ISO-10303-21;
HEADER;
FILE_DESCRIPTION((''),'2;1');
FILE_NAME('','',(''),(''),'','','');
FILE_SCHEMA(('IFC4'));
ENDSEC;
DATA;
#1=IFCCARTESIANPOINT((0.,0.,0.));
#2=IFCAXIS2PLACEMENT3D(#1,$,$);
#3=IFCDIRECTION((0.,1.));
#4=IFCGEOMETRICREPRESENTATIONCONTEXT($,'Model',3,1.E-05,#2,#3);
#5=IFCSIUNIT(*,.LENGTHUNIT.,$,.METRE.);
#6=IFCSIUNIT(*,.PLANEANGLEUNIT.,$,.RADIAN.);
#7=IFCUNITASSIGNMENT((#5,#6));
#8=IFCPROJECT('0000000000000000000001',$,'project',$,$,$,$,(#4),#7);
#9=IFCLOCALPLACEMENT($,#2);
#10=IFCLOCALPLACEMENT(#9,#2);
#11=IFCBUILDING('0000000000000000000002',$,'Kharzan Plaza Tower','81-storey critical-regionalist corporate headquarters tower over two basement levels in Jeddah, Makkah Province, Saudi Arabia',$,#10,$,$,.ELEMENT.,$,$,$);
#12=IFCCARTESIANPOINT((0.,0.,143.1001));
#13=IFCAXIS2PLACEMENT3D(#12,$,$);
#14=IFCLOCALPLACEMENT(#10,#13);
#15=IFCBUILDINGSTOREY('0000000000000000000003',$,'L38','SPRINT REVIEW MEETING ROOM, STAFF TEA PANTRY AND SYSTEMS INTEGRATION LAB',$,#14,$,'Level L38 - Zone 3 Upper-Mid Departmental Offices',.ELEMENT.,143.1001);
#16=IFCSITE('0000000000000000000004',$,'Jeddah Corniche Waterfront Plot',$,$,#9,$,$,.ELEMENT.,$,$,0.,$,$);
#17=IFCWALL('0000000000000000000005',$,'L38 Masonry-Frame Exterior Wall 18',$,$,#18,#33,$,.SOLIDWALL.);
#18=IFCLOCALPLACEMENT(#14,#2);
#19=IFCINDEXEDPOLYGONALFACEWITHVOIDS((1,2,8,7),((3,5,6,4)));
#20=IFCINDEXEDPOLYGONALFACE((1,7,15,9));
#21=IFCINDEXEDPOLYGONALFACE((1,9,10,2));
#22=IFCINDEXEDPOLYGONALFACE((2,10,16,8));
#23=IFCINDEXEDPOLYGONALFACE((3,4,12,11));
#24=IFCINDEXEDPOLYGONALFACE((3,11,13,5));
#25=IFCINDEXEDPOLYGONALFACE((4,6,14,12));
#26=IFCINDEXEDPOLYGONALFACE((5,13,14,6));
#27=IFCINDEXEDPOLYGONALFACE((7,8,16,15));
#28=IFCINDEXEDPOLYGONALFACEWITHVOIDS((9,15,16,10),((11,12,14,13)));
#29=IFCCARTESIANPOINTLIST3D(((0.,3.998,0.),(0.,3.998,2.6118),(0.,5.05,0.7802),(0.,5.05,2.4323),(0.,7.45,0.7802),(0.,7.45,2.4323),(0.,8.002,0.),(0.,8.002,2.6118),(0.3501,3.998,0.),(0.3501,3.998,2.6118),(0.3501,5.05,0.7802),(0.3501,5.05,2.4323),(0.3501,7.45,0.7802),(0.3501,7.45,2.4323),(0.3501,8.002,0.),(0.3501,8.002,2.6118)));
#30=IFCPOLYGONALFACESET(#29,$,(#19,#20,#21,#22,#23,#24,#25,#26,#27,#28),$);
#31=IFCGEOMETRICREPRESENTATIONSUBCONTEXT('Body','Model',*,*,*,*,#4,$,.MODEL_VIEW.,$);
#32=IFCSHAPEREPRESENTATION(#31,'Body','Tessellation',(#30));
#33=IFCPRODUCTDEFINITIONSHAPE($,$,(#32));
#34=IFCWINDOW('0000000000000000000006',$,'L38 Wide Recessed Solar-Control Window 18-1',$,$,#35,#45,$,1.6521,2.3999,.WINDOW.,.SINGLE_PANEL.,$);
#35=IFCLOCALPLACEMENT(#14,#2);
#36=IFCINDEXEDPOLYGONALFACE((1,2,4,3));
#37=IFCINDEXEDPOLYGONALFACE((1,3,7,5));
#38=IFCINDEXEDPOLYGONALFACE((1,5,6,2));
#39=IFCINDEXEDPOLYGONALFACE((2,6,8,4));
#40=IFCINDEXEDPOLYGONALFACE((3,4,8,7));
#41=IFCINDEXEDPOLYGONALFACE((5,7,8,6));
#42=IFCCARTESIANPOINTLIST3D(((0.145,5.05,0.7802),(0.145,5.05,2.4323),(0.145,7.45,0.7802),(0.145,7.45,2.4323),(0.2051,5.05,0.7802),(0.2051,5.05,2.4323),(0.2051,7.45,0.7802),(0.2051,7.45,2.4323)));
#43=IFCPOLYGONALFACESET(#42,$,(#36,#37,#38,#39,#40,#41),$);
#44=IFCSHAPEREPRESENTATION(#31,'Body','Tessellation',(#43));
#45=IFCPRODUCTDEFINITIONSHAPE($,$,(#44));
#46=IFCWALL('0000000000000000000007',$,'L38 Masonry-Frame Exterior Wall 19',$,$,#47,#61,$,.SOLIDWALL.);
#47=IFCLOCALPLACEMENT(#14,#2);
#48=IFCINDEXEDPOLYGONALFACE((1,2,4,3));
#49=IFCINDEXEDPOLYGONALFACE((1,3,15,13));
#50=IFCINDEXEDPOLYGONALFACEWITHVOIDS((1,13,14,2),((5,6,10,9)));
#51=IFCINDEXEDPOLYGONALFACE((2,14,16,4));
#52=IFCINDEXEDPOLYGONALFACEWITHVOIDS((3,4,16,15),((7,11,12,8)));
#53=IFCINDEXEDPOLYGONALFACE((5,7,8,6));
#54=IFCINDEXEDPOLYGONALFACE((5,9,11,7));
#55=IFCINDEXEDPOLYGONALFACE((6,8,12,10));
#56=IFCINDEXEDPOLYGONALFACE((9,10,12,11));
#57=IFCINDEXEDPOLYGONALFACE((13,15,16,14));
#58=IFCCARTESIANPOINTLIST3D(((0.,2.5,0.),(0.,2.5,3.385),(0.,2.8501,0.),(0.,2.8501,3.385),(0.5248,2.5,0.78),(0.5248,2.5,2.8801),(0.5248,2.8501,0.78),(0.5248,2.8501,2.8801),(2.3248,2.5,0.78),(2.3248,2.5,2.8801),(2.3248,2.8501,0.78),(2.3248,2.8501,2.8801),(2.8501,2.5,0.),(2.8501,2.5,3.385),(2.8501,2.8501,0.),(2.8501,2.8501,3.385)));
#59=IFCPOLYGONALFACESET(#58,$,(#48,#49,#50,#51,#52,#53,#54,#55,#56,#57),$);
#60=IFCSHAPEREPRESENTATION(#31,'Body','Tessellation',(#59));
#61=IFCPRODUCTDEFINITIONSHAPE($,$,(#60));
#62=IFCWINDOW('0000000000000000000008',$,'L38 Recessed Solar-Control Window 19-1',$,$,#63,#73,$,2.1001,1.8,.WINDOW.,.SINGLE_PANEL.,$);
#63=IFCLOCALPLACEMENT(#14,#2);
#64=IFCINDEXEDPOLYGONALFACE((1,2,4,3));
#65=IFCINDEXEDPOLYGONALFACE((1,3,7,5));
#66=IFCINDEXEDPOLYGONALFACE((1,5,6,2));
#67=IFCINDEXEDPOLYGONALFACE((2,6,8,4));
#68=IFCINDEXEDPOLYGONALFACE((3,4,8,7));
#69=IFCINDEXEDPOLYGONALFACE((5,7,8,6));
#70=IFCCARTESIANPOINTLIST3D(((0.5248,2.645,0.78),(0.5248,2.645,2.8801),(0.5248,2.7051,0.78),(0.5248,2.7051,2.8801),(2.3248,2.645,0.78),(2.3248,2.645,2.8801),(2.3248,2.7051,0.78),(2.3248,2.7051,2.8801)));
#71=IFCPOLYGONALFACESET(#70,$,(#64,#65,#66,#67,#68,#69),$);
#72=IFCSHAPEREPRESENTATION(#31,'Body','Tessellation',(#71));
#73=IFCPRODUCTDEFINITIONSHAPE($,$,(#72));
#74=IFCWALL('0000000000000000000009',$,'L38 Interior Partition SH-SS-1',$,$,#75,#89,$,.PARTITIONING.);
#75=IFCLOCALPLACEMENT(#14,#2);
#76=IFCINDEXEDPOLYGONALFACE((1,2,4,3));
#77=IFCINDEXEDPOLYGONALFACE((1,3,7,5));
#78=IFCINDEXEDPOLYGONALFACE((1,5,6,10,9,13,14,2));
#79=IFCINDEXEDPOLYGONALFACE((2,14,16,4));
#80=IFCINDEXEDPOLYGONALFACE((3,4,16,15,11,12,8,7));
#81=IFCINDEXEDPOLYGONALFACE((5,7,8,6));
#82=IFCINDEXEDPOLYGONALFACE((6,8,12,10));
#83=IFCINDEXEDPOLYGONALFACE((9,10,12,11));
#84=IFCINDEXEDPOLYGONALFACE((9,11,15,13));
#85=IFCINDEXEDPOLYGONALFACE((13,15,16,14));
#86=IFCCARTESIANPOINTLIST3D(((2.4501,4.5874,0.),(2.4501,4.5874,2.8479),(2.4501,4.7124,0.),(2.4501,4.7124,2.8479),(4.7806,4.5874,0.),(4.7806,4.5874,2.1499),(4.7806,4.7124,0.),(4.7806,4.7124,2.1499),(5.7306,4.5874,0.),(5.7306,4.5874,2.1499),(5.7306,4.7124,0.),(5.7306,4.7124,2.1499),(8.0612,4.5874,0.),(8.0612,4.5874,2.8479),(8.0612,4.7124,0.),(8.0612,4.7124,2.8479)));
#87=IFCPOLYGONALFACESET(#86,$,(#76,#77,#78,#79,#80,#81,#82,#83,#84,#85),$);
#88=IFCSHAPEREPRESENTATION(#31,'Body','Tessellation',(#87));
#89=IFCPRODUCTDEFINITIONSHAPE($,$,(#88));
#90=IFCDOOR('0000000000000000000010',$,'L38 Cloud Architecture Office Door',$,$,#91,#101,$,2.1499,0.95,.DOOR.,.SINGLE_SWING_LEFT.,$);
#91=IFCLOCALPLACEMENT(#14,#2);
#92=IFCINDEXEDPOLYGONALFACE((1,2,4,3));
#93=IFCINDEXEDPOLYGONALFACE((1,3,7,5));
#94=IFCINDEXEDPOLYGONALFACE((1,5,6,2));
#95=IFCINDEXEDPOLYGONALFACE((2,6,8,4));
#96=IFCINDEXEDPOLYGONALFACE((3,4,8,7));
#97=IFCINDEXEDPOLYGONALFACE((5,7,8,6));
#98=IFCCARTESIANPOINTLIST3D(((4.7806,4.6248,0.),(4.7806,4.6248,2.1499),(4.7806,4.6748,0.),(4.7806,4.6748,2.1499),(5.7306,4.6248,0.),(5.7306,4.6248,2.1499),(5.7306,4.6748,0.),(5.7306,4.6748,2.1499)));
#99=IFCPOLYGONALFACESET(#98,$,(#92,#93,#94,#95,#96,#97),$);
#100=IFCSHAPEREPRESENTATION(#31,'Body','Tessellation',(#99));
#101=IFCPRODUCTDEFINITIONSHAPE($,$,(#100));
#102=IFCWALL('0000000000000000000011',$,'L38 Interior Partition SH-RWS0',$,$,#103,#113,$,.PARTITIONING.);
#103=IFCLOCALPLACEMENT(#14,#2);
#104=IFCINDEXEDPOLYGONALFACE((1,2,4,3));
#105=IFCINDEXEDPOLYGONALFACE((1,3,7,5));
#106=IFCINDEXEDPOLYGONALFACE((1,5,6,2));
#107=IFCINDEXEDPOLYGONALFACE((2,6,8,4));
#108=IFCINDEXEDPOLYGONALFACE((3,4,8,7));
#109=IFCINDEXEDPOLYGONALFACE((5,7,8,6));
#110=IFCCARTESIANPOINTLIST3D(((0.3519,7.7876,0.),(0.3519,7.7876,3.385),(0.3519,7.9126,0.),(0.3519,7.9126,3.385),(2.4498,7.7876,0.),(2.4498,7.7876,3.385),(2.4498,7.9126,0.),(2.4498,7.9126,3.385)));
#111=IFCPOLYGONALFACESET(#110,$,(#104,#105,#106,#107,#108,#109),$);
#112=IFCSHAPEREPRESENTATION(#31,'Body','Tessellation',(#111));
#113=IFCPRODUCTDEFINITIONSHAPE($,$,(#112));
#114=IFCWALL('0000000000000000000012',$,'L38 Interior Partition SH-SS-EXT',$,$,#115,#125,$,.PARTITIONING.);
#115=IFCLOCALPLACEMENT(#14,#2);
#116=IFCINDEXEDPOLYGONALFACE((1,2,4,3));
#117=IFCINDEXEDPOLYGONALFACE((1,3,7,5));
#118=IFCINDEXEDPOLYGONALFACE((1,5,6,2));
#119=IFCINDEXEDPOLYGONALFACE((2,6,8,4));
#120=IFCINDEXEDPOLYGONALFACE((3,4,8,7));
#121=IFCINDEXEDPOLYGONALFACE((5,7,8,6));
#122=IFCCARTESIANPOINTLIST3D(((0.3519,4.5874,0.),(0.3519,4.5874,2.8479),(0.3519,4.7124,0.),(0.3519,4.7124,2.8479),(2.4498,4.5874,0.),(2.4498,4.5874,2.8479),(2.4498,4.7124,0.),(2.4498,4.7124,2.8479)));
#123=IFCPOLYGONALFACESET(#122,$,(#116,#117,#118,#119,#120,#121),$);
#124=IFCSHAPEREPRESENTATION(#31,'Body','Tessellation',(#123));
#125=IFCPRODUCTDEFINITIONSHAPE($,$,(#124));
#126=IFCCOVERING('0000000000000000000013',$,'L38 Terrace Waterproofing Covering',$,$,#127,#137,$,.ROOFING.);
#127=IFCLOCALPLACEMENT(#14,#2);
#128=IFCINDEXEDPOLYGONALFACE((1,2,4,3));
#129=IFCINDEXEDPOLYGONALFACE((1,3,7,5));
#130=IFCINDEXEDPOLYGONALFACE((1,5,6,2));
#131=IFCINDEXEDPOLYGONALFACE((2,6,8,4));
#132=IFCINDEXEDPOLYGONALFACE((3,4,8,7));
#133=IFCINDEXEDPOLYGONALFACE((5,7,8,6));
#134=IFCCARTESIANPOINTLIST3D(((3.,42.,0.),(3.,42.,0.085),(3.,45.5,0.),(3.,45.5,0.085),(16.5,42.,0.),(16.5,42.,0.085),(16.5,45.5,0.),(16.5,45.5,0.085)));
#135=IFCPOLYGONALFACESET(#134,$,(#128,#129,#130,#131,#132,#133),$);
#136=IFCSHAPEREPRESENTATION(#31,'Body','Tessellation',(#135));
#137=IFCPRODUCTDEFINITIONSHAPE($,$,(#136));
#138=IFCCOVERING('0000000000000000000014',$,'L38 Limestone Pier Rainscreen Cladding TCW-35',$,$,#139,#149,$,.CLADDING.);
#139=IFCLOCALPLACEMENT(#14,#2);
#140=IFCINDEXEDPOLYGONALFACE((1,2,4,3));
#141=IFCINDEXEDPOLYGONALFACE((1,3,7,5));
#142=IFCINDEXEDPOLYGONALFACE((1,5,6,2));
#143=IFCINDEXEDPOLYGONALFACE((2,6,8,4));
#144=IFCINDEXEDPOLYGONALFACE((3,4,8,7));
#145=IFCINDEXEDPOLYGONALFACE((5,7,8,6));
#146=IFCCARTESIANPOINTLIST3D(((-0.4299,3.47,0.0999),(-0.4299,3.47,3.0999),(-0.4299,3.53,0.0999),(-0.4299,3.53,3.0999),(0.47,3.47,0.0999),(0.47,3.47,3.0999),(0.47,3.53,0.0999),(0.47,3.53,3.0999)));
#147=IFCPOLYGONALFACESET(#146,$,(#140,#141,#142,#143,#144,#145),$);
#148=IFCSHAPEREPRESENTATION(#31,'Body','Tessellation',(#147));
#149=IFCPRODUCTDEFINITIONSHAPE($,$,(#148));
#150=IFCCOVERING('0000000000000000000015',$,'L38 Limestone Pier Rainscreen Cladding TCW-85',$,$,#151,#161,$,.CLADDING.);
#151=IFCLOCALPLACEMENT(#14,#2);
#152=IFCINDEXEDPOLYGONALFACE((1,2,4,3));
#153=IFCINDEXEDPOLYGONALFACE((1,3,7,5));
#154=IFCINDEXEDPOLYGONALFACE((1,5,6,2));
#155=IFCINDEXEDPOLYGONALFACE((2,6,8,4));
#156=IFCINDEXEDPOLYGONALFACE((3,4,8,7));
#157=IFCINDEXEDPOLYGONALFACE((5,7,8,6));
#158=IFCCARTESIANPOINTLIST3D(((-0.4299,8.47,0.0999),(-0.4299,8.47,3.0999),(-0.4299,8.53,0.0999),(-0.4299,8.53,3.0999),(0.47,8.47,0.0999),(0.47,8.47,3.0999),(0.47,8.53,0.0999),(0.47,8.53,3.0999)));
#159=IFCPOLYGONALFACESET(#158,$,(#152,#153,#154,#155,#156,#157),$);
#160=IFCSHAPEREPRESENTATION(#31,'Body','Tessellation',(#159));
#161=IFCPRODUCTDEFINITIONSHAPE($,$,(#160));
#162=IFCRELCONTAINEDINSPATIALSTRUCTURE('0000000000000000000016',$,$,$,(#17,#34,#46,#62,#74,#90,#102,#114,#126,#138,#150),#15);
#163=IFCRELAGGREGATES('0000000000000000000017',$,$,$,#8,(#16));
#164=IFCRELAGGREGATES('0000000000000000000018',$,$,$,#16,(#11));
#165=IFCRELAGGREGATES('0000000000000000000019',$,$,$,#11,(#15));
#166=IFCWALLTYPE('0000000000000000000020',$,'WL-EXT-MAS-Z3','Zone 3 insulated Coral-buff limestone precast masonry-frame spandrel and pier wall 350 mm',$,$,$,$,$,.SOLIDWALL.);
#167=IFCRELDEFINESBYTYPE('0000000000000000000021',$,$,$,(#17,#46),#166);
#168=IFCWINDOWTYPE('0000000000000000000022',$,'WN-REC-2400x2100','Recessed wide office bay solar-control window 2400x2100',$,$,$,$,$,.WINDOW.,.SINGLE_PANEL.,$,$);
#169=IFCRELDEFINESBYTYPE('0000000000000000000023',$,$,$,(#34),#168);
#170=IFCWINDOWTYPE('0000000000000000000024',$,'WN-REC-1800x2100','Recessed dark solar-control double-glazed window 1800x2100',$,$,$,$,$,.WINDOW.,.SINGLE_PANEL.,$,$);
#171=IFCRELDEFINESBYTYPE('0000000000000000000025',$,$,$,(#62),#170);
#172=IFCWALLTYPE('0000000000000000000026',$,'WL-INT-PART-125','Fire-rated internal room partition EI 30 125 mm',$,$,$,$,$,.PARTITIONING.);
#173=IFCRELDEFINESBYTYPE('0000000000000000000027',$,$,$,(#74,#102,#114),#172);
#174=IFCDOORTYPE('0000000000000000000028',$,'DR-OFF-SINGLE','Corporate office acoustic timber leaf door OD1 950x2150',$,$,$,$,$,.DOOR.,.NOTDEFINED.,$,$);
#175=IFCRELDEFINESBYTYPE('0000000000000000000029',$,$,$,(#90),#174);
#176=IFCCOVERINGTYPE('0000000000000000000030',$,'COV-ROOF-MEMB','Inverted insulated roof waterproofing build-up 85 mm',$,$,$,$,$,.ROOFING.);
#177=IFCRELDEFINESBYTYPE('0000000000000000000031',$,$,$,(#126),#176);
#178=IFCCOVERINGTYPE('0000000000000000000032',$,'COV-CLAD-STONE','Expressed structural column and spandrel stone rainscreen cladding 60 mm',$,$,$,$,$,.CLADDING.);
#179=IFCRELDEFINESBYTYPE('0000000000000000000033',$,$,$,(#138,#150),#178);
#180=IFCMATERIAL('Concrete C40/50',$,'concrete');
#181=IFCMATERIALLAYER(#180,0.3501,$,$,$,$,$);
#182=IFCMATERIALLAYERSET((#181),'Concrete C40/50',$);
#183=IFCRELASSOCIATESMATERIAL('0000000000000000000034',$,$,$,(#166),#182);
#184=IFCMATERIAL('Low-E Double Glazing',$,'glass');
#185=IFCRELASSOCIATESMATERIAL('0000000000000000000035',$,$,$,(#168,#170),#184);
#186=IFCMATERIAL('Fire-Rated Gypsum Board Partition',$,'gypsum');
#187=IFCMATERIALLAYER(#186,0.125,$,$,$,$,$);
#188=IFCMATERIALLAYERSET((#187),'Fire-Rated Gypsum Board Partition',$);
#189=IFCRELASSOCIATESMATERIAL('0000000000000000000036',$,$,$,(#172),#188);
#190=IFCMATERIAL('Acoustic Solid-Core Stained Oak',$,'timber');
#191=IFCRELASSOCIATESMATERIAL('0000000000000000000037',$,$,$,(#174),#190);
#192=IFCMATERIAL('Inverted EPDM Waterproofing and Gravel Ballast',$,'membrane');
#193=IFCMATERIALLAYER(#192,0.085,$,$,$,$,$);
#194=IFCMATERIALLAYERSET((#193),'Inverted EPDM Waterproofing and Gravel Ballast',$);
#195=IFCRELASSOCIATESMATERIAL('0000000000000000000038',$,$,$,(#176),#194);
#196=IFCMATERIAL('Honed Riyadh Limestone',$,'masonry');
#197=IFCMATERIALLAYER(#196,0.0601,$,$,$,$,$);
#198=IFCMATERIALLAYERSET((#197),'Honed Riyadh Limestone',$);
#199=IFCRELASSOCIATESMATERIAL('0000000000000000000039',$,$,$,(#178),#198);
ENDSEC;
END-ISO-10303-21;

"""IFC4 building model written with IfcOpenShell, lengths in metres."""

from ifc_helpers import new_model, si_unit, direction, frame, frame_2d, origin, origin_2d, place, context, subcontext, project, spatial, polyline, rectangle, outline, extrude, source, transform, mapped, material, layer, layer_set, type_object, element, fill, save


model = new_model("IFC4")

# Units and contexts
model_context = context("Model", 3, precision=1e-05, world=origin(), true_north=direction((0.0, 1.0)))
body_context = subcontext(model_context, "Body", "Model", "MODEL_VIEW")
ifc_project = project(units=[si_unit("LENGTHUNIT", "METRE"), si_unit("PLANEANGLEUNIT", "RADIAN")], contexts=[model_context])

# Site, building, storey
site_placement = place(None, origin())
site = spatial("IfcSite", under=ifc_project, at=site_placement, Name="Jeddah Corniche Waterfront Plot", CompositionType="ELEMENT", RefElevation=0.0)
building_placement = place(site_placement, origin())
building = spatial("IfcBuilding", under=site, at=building_placement, Name="Kharzan Plaza Tower", Description="81-storey critical-regionalist corporate headquarters tower over two basement levels in Jeddah, Makkah Province, Saudi Arabia", CompositionType="ELEMENT")
storey_placement = place(building_placement, frame((0.0, 0.0, 143.1001)))
storey = spatial("IfcBuildingStorey", under=building, at=storey_placement, Name="L38", Description="SPRINT REVIEW MEETING ROOM, STAFF TEA PANTRY AND SYSTEMS INTEGRATION LAB", LongName="Level L38 - Zone 3 Upper-Mid Departmental Offices", CompositionType="ELEMENT", Elevation=143.1001)

# Shared definitions
ifc_material_1 = material(Name="Concrete C40/50", Category="concrete")

# Walls, openings, windows
ifc_layer_1 = layer(ifc_material_1, 0.3501)
ifc_layer_set_1 = layer_set([ifc_layer_1], Name="Concrete C40/50")
wall_type_1 = type_object("IfcWallType", Name="WL-EXT-MAS-Z3", Description="Zone 3 insulated Coral-buff limestone precast masonry-frame spandrel and pier wall 350 mm", PredefinedType="SOLIDWALL", material=ifc_layer_set_1)
wall_1_placement = place(storey_placement, frame((0.175, 8.002, 0.0), z_axis=(0.0, 0.0, 1.0), x_axis=(0.0, -1.0, 0.0)))
wall_1 = element("IfcWall", 1, at=wall_1_placement, inside=storey, type_object=wall_type_1, Name="L38 Masonry-Frame Exterior Wall 18", PredefinedType="SOLIDWALL", context=body_context, shape_type="SweptSolid", body=[
    extrude(rectangle(XDim=4.0039, YDim=0.3501, at=frame_2d((2.002, 0.0))), origin(), (0.0, 0.0, 1.0), 2.6118),
])
opening_1_placement = place(wall_1_placement, frame((0.552, 0.0, 0.78)))
opening_1 = element("IfcOpeningElement", 2, at=opening_1_placement, cuts=wall_1, PredefinedType="OPENING", context=body_context, shape_type="SweptSolid", body=[
    extrude(rectangle(XDim=2.3999, YDim=1.6521, at=frame_2d((1.2, 0.8262))), frame((0.0, 0.1851, 0.0), z_axis=(0.0, -1.0, 0.0), x_axis=(1.0, 0.0, 0.0)), (0.0, 0.0, 1.0), 0.3701),
])
ifc_material_2 = material(Name="Low-E Double Glazing", Category="glass")
window_type_1 = type_object("IfcWindowType", Name="WN-REC-2400x2100", Description="Recessed wide office bay solar-control window 2400x2100", PartitioningType="SINGLE_PANEL", PredefinedType="WINDOW", material=ifc_material_2)
shared_shape_1 = source(origin(), body_context, "Body", "SweptSolid", [
    extrude(rectangle(XDim=2.3999, YDim=1.6521, at=frame_2d((1.2, 0.8262))), frame((0.0, 0.03, 0.0), z_axis=(0.0, -1.0, 0.0), x_axis=(1.0, 0.0, 0.0)), (0.0, 0.0, 1.0), 0.0601),
])
window_1_placement = place(opening_1_placement, origin())
window_1 = element("IfcWindow", 3, at=window_1_placement, inside=storey, type_object=window_type_1, Name="L38 Wide Recessed Solar-Control Window 18-1", OverallHeight=1.6521, OverallWidth=2.3999, PartitioningType="SINGLE_PANEL", PredefinedType="WINDOW", context=body_context, shape_type="MappedRepresentation", body=[
    mapped(shared_shape_1, transform((0.0, 0.0, 0.0), x_axis=(1.0, 0.0, 0.0), y_axis=(0.0, 1.0, 0.0), z_axis=(0.0, 0.0, 1.0))),
])
fill(opening_1, window_1)
wall_2_placement = place(storey_placement, frame((0.0, 2.675, 0.0), z_axis=(0.0, 0.0, 1.0), x_axis=(1.0, 0.0, 0.0)))
wall_2 = element("IfcWall", 4, at=wall_2_placement, inside=storey, type_object=wall_type_1, Name="L38 Masonry-Frame Exterior Wall 19", PredefinedType="SOLIDWALL", context=body_context, shape_type="SweptSolid", body=[
    extrude(rectangle(XDim=2.8501, YDim=0.3501, at=frame_2d((1.425, 0.0))), origin(), (0.0, 0.0, 1.0), 3.385),
])
opening_2_placement = place(wall_2_placement, frame((0.5249, 0.0, 0.78)))
opening_2 = element("IfcOpeningElement", 5, at=opening_2_placement, cuts=wall_2, PredefinedType="OPENING", context=body_context, shape_type="SweptSolid", body=[
    extrude(rectangle(XDim=1.8, YDim=2.1001, at=frame_2d((0.8999, 1.05))), frame((0.0, 0.1851, 0.0), z_axis=(0.0, -1.0, 0.0), x_axis=(1.0, 0.0, 0.0)), (0.0, 0.0, 1.0), 0.3701),
])
window_type_2 = type_object("IfcWindowType", Name="WN-REC-1800x2100", Description="Recessed dark solar-control double-glazed window 1800x2100", PartitioningType="SINGLE_PANEL", PredefinedType="WINDOW", material=ifc_material_2)
shared_shape_2 = source(origin(), body_context, "Body", "SweptSolid", [
    extrude(rectangle(XDim=1.8, YDim=2.1001, at=frame_2d((0.8999, 1.05))), frame((0.0, 0.03, 0.0), z_axis=(0.0, -1.0, 0.0), x_axis=(1.0, 0.0, 0.0)), (0.0, 0.0, 1.0), 0.0601),
])
window_2_placement = place(opening_2_placement, origin())
window_2 = element("IfcWindow", 6, at=window_2_placement, inside=storey, type_object=window_type_2, Name="L38 Recessed Solar-Control Window 19-1", OverallHeight=2.1001, OverallWidth=1.8, PartitioningType="SINGLE_PANEL", PredefinedType="WINDOW", context=body_context, shape_type="MappedRepresentation", body=[
    mapped(shared_shape_2, transform((0.0, 0.0, 0.0), x_axis=(1.0, 0.0, 0.0), y_axis=(0.0, 1.0, 0.0), z_axis=(0.0, 0.0, 1.0))),
])
fill(opening_2, window_2)

# Wall, opening, door
ifc_material_3 = material(Name="Fire-Rated Gypsum Board Partition", Category="gypsum")
ifc_layer_2 = layer(ifc_material_3, 0.125)
ifc_layer_set_2 = layer_set([ifc_layer_2], Name="Fire-Rated Gypsum Board Partition")
wall_type_2 = type_object("IfcWallType", Name="WL-INT-PART-125", Description="Fire-rated internal room partition EI 30 125 mm", PredefinedType="PARTITIONING", material=ifc_layer_set_2)
wall_3_placement = place(storey_placement, frame((2.45, 4.6499, 0.0), z_axis=(0.0, 0.0, 1.0), x_axis=(1.0, 0.0, 0.0)))
wall_3 = element("IfcWall", 7, at=wall_3_placement, inside=storey, type_object=wall_type_2, Name="L38 Interior Partition SH-SS-1", PredefinedType="PARTITIONING", context=body_context, shape_type="SweptSolid", body=[
    extrude(rectangle(XDim=5.6111, YDim=0.125, at=frame_2d((2.8057, 0.0))), origin(), (0.0, 0.0, 1.0), 2.8479),
])
opening_3_placement = place(wall_3_placement, frame((2.3306, 0.0, 0.0)))
opening_3 = element("IfcOpeningElement", 8, at=opening_3_placement, cuts=wall_3, PredefinedType="OPENING", context=body_context, shape_type="SweptSolid", body=[
    extrude(rectangle(XDim=0.95, YDim=2.1499, at=frame_2d((0.4751, 1.075))), frame((0.0, 0.0725, 0.0), z_axis=(0.0, -1.0, 0.0), x_axis=(1.0, 0.0, 0.0)), (0.0, 0.0, 1.0), 0.145),
])
ifc_material_4 = material(Name="Acoustic Solid-Core Stained Oak", Category="timber")
door_type = type_object("IfcDoorType", Name="DR-OFF-SINGLE", Description="Corporate office acoustic timber leaf door OD1 950x2150", OperationType="NOTDEFINED", PredefinedType="DOOR", material=ifc_material_4)
shared_shape_3 = source(origin(), body_context, "Body", "SweptSolid", [
    extrude(rectangle(XDim=0.95, YDim=2.1499, at=frame_2d((0.4751, 1.075))), frame((0.0, 0.0249, 0.0), z_axis=(0.0, -1.0, 0.0), x_axis=(1.0, 0.0, 0.0)), (0.0, 0.0, 1.0), 0.05),
])
door_placement = place(opening_3_placement, origin())
door = element("IfcDoor", 9, at=door_placement, inside=storey, type_object=door_type, Name="L38 Cloud Architecture Office Door", OperationType="SINGLE_SWING_LEFT", OverallHeight=2.1499, OverallWidth=0.95, PredefinedType="DOOR", context=body_context, shape_type="MappedRepresentation", body=[
    mapped(shared_shape_3, transform((0.0, 0.0, 0.0), x_axis=(1.0, 0.0, 0.0), y_axis=(0.0, 1.0, 0.0), z_axis=(0.0, 0.0, 1.0))),
])
fill(opening_3, door)

# Walls
shared_shape_4 = source(origin(), body_context, "Body", "SweptSolid", [
    extrude(rectangle(XDim=2.0979, YDim=0.125, at=frame_2d((1.0488, 0.0))), origin(), (0.0, 0.0, 1.0), 3.385),
])
wall_4_placement = place(storey_placement, frame((0.3521, 7.8501, 0.0), z_axis=(0.0, 0.0, 1.0), x_axis=(1.0, 0.0, 0.0)))
element("IfcWall", 10, at=wall_4_placement, inside=storey, type_object=wall_type_2, Name="L38 Interior Partition SH-RWS0", PredefinedType="PARTITIONING", context=body_context, shape_type="MappedRepresentation", body=[
    mapped(shared_shape_4, transform((0.0, 0.0, 0.0), x_axis=(1.0, 0.0, 0.0), y_axis=(0.0, 1.0, 0.0), z_axis=(0.0, 0.0, 1.0))),
])
shared_shape_5 = source(origin(), body_context, "Body", "SweptSolid", [
    extrude(rectangle(XDim=2.0979, YDim=0.125, at=frame_2d((1.0488, 0.0))), origin(), (0.0, 0.0, 1.0), 2.8479),
])
wall_5_placement = place(storey_placement, frame((0.3521, 4.6499, 0.0), z_axis=(0.0, 0.0, 1.0), x_axis=(1.0, 0.0, 0.0)))
element("IfcWall", 11, at=wall_5_placement, inside=storey, type_object=wall_type_2, Name="L38 Interior Partition SH-SS-EXT", PredefinedType="PARTITIONING", context=body_context, shape_type="MappedRepresentation", body=[
    mapped(shared_shape_5, transform((0.0, 0.0, 0.0), x_axis=(1.0, 0.0, 0.0), y_axis=(0.0, 1.0, 0.0), z_axis=(0.0, 0.0, 1.0))),
])

# Coverings
ifc_material_5 = material(Name="Inverted EPDM Waterproofing and Gravel Ballast", Category="membrane")
ifc_layer_3 = layer(ifc_material_5, 0.085)
ifc_layer_set_3 = layer_set([ifc_layer_3], Name="Inverted EPDM Waterproofing and Gravel Ballast")
covering_type_1 = type_object("IfcCoveringType", Name="COV-ROOF-MEMB", Description="Inverted insulated roof waterproofing build-up 85 mm", PredefinedType="ROOFING", material=ifc_layer_set_3)
covering_placement = place(storey_placement, origin())
element("IfcCovering", 12, at=covering_placement, inside=storey, type_object=covering_type_1, Name="L38 Terrace Waterproofing Covering", PredefinedType="ROOFING", context=body_context, shape_type="SweptSolid", body=[
    extrude(outline(polyline([(3.0, 42.0), (16.5, 42.0), (16.5, 45.5), (3.0, 45.5), (3.0, 42.0)])), origin(), (0.0, 0.0, 1.0), 0.085),
])
ifc_material_6 = material(Name="Honed Riyadh Limestone", Category="masonry")
ifc_layer_4 = layer(ifc_material_6, 0.0601)
ifc_layer_set_4 = layer_set([ifc_layer_4], Name="Honed Riyadh Limestone")
covering_type_2 = type_object("IfcCoveringType", Name="COV-CLAD-STONE", Description="Expressed structural column and spandrel stone rainscreen cladding 60 mm", PredefinedType="CLADDING", material=ifc_layer_set_4)
shared_shape_6 = source(origin(), body_context, "Body", "SweptSolid", [
    extrude(rectangle(XDim=0.0601, YDim=0.8999, at=origin_2d()), origin(), (0.0, 0.0, 1.0), 3.0),
])
for number, where, z_axis, x_axis, name in (
    (13, (0.02, 3.5, 0.0999), (0.0, 0.0, 1.0), (0.0, 1.0, 0.0), "L38 Limestone Pier Rainscreen Cladding TCW-35"),
    (14, (0.02, 8.5, 0.0999), (0.0, 0.0, 1.0), (0.0, 1.0, 0.0), "L38 Limestone Pier Rainscreen Cladding TCW-85"),
):
    element("IfcCovering", number, at=place(storey_placement, frame(where, z_axis=z_axis, x_axis=x_axis)), inside=storey, type_object=covering_type_2, Name=name, PredefinedType="CLADDING", context=body_context, shape_type="MappedRepresentation", body=[
        mapped(shared_shape_6, transform((0.0, 0.0, 0.0), x_axis=(1.0, 0.0, 0.0), y_axis=(0.0, 1.0, 0.0), z_axis=(0.0, 0.0, 1.0))),
    ])

save(model, "model.ifc")
